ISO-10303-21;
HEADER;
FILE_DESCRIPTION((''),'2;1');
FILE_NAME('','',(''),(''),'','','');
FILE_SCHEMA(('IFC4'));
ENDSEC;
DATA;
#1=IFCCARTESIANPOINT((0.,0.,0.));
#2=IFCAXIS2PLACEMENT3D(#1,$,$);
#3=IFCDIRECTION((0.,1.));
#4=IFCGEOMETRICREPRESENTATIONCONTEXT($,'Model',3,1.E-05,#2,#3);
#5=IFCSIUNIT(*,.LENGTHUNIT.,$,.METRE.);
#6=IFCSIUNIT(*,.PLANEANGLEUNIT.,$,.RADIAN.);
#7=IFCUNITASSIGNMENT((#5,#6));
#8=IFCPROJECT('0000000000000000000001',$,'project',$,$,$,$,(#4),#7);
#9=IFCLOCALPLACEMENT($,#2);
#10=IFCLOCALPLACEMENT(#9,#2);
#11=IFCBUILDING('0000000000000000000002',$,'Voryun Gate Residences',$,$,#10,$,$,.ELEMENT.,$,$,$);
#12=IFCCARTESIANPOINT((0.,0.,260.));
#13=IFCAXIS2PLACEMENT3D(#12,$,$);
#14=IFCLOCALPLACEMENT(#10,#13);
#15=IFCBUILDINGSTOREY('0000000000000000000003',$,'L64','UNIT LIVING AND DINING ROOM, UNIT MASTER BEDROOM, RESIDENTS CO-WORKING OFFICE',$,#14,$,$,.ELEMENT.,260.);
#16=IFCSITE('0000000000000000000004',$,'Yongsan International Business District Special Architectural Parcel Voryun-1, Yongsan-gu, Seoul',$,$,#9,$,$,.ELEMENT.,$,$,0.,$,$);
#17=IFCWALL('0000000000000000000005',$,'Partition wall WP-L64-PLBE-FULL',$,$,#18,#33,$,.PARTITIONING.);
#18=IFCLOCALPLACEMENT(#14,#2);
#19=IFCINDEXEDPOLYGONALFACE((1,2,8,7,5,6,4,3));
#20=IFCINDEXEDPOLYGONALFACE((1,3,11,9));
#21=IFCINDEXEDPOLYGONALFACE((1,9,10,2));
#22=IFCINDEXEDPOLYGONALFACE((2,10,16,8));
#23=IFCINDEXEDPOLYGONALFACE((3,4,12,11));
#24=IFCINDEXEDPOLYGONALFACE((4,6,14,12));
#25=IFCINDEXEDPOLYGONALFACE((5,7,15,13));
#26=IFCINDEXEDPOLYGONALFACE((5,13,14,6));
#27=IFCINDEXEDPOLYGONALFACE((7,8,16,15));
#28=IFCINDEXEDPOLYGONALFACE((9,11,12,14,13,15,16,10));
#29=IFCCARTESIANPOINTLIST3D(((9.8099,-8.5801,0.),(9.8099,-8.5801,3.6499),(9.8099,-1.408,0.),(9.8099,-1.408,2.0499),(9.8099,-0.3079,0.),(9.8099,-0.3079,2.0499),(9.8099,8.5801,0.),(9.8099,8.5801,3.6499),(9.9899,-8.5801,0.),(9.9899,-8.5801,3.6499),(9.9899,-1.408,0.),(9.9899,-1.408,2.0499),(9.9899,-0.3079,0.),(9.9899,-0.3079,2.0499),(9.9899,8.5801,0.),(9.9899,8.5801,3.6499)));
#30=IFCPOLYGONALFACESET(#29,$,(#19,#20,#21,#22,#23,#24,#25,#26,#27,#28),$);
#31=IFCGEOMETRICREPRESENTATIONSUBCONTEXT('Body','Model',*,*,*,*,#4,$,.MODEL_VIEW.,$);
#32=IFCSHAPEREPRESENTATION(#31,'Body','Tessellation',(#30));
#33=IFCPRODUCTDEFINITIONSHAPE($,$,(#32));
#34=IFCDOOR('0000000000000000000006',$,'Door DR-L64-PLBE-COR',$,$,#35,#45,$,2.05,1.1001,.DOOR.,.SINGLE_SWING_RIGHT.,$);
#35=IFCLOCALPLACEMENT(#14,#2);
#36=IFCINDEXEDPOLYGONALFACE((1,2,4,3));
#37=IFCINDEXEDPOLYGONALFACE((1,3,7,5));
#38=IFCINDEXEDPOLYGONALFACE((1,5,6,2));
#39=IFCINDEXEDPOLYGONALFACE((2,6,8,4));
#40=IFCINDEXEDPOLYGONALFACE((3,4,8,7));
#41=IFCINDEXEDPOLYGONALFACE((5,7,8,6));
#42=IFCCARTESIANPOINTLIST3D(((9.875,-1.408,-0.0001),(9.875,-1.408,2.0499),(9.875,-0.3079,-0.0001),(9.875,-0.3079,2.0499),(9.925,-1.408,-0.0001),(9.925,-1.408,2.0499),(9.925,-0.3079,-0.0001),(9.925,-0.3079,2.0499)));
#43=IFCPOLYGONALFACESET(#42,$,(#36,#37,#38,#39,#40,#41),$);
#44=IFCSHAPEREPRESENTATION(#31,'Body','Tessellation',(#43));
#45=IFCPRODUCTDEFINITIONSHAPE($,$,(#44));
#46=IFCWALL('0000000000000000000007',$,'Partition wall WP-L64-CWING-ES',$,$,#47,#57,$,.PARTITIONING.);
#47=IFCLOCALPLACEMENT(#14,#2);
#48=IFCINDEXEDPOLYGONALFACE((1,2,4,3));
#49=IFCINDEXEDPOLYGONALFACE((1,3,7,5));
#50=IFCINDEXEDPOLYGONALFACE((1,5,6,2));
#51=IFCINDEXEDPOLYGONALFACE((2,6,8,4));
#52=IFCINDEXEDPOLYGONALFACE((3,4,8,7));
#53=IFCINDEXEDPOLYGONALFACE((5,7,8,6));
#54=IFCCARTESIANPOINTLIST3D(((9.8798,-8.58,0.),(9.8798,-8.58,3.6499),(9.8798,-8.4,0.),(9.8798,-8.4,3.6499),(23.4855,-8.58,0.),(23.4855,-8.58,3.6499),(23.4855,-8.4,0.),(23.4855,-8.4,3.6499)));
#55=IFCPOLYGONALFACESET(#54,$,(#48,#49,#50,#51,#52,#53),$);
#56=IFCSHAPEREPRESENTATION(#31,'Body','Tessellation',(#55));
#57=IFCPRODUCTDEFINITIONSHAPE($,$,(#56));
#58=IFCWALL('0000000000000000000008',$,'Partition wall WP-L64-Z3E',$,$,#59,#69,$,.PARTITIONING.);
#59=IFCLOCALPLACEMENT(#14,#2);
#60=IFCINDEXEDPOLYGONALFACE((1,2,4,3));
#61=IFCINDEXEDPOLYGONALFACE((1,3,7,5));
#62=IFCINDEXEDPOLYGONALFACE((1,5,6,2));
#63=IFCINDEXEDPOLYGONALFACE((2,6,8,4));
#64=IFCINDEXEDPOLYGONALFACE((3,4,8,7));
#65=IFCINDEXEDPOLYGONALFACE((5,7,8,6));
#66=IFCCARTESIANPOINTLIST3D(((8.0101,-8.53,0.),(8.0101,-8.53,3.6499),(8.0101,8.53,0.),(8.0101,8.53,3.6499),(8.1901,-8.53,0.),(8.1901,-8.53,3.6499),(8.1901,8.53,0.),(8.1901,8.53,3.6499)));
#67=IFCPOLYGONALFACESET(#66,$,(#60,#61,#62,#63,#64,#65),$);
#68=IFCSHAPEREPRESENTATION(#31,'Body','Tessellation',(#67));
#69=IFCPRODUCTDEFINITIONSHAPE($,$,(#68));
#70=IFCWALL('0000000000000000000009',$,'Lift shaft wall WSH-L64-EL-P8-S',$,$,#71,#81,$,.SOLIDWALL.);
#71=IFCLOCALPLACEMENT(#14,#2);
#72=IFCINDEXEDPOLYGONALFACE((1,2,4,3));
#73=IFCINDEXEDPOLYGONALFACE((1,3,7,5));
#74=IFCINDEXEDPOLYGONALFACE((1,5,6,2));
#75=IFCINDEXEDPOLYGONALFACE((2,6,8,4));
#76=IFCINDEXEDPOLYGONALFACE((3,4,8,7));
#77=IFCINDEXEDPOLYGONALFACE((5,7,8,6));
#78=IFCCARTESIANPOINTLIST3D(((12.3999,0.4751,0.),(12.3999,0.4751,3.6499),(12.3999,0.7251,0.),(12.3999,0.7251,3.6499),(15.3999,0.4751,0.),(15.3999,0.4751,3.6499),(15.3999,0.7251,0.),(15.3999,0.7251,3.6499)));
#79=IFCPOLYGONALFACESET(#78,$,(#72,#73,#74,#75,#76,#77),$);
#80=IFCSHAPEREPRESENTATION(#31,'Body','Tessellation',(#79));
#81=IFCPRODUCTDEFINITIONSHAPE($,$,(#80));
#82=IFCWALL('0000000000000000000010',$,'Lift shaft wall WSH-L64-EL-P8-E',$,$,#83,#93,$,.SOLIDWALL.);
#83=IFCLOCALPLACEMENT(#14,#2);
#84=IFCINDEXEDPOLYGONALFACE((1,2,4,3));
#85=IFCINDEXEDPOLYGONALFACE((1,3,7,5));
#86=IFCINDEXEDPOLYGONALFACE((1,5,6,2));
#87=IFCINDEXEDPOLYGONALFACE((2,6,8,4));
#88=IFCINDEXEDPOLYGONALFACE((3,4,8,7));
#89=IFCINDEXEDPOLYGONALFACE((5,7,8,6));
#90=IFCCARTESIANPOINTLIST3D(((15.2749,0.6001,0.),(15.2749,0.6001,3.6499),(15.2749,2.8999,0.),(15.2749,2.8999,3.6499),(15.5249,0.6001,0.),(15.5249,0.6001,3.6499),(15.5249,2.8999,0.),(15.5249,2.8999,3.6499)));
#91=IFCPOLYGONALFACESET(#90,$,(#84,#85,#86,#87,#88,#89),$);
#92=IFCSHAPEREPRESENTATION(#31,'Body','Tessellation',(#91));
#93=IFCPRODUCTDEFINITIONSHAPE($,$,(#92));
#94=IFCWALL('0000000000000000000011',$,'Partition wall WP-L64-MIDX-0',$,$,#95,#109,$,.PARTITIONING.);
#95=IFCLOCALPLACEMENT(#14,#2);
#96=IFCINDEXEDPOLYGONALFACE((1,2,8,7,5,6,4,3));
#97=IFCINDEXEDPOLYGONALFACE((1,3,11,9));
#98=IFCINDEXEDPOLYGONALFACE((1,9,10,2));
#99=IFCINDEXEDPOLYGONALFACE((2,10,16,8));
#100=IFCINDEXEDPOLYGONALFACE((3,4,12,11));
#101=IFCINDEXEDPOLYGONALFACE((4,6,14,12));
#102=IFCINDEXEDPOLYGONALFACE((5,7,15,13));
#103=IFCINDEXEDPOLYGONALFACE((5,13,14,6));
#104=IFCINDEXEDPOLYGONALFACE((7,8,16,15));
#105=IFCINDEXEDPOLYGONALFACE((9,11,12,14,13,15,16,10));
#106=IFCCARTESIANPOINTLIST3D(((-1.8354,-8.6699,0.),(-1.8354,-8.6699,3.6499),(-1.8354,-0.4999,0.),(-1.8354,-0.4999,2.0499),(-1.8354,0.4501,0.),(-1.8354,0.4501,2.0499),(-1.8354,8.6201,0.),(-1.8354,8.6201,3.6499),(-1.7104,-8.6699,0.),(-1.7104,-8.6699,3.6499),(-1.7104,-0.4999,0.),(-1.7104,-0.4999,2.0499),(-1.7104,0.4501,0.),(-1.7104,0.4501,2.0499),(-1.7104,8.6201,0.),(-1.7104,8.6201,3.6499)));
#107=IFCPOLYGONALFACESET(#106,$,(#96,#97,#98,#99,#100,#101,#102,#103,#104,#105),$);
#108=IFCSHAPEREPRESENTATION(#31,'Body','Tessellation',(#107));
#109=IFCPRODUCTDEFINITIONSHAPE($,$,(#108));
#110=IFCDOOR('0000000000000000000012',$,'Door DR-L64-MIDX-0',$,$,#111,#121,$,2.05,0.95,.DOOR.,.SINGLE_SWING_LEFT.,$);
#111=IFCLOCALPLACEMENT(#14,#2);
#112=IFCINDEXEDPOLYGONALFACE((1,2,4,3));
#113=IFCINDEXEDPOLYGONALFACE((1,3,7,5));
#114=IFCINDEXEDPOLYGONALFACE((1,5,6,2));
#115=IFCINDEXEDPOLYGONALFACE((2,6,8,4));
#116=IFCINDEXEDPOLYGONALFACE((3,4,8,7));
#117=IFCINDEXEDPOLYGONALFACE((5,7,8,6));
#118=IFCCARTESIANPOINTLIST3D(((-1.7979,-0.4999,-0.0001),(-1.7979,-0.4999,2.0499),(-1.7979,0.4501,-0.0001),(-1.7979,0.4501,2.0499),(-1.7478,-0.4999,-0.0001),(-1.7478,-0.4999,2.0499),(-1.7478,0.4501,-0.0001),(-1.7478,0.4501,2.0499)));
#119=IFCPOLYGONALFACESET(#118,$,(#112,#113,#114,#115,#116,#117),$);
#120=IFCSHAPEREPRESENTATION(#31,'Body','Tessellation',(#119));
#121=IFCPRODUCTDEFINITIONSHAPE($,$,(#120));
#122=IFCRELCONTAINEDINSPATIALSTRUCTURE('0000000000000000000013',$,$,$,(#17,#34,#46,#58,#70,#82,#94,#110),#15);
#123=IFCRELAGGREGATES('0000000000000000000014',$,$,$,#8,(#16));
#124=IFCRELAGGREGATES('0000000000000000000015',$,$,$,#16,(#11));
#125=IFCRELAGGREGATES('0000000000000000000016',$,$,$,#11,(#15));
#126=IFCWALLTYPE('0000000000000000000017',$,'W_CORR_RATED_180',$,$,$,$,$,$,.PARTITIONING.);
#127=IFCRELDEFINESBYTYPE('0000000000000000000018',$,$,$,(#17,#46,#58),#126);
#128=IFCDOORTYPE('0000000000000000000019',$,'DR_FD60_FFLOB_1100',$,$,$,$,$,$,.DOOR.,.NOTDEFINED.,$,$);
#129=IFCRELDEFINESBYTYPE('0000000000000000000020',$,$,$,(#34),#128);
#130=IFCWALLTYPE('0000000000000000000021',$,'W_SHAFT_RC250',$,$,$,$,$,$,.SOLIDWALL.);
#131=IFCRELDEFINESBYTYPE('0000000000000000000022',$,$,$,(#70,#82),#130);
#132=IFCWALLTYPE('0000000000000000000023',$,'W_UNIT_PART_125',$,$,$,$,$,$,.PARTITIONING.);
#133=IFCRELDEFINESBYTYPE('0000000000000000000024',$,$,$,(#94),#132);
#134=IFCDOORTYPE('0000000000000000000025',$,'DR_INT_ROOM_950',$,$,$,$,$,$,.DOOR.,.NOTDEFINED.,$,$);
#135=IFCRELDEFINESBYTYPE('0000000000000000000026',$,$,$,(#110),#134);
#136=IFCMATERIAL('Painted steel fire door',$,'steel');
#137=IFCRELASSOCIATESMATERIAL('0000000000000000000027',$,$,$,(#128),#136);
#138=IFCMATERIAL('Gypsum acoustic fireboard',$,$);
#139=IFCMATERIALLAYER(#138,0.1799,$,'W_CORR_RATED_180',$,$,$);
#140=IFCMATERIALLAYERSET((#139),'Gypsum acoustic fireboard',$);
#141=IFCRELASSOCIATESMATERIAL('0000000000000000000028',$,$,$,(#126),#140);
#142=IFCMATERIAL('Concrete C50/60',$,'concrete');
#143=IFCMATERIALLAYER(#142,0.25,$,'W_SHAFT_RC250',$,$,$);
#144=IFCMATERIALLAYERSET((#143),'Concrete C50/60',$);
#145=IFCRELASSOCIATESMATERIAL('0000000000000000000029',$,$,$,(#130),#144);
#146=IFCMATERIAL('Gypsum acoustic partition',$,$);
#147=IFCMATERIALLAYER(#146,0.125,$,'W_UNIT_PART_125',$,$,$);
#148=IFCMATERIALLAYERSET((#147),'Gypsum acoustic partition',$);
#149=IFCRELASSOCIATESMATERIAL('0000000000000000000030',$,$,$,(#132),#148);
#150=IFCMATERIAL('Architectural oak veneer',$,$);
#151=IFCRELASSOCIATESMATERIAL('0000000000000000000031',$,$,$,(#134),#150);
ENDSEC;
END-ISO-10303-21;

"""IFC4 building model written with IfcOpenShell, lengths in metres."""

from ifc_helpers import new_model, si_unit, direction, frame, frame_2d, origin, place, context, subcontext, project, spatial, rectangle, extrude, material, layer, layer_set, type_object, element, fill, save


model = new_model("IFC4")

# Units and contexts
model_context = context("Model", 3, precision=1e-05, world=origin(), true_north=direction((0.0, 1.0)))
body_context = subcontext(model_context, "Body", "Model", "MODEL_VIEW")
ifc_project = project(units=[si_unit("LENGTHUNIT", "METRE"), si_unit("PLANEANGLEUNIT", "RADIAN")], contexts=[model_context])

# Site, building, storey
site_placement = place(None, origin())
site = spatial("IfcSite", under=ifc_project, at=site_placement, Name="Yongsan International Business District Special Architectural Parcel Voryun-1, Yongsan-gu, Seoul", CompositionType="ELEMENT", RefElevation=0.0)
building_placement = place(site_placement, origin())
building = spatial("IfcBuilding", under=site, at=building_placement, Name="Voryun Gate Residences", CompositionType="ELEMENT")
storey_placement = place(building_placement, frame((0.0, 0.0, 260.0)))
storey = spatial("IfcBuildingStorey", under=building, at=storey_placement, Name="L64", Description="UNIT LIVING AND DINING ROOM, UNIT MASTER BEDROOM, RESIDENTS CO-WORKING OFFICE", CompositionType="ELEMENT", Elevation=260.0)

# Shared definitions
ifc_material_1 = material(Name="Painted steel fire door", Category="steel")
door_type_1 = type_object("IfcDoorType", Name="DR_FD60_FFLOB_1100", OperationType="NOTDEFINED", PredefinedType="DOOR", material=ifc_material_1)

# Shared definitions
ifc_material_2 = material(Name="Gypsum acoustic fireboard")
ifc_layer_1 = layer(ifc_material_2, 0.1799, Name="W_CORR_RATED_180")
ifc_layer_set_1 = layer_set([ifc_layer_1], Name="Gypsum acoustic fireboard")
wall_type_1 = type_object("IfcWallType", Name="W_CORR_RATED_180", PredefinedType="PARTITIONING", material=ifc_layer_set_1)

# Wall, opening, door
wall_1_placement = place(storey_placement, frame((9.8999, -8.5801, 0.0), z_axis=(0.0, 0.0, 1.0), x_axis=(0.0, 1.0, 0.0)))
wall_1 = element("IfcWall", 1, at=wall_1_placement, inside=storey, type_object=wall_type_1, Name="Partition wall WP-L64-PLBE-FULL", PredefinedType="PARTITIONING", context=body_context, shape_type="SweptSolid", body=[
    extrude(rectangle(XDim=17.1602, YDim=0.1799, at=frame_2d((8.5801, 0.0))), origin(), (0.0, 0.0, 1.0), 3.6499),
])
opening_1_placement = place(wall_1_placement, frame((7.1721, 0.0, 0.0)))
opening_1 = element("IfcOpeningElement", 2, at=opening_1_placement, cuts=wall_1, PredefinedType="OPENING", context=body_context, shape_type="SweptSolid", body=[
    extrude(rectangle(XDim=1.1001, YDim=2.05, at=frame_2d((0.55, 1.0249))), frame((0.0, 0.0999, 0.0), z_axis=(0.0, -1.0, 0.0), x_axis=(1.0, 0.0, 0.0)), (0.0, 0.0, 1.0), 0.2),
])
door_1_placement = place(opening_1_placement, origin())
door_1 = element("IfcDoor", 3, at=door_1_placement, inside=storey, type_object=door_type_1, Name="Door DR-L64-PLBE-COR", OperationType="SINGLE_SWING_RIGHT", OverallHeight=2.05, OverallWidth=1.1001, PredefinedType="DOOR", context=body_context, shape_type="SweptSolid", body=[
    extrude(rectangle(XDim=1.1001, YDim=2.05, at=frame_2d((0.55, 1.0249))), frame((0.0, 0.0249, 0.0), z_axis=(0.0, -1.0, 0.0), x_axis=(1.0, 0.0, 0.0)), (0.0, 0.0, 1.0), 0.05),
])
fill(opening_1, door_1)

# Walls
wall_2_placement = place(storey_placement, frame((9.8799, -8.49, 0.0), z_axis=(0.0, 0.0, 1.0), x_axis=(1.0, 0.0, 0.0)))
element("IfcWall", 4, at=wall_2_placement, inside=storey, type_object=wall_type_1, Name="Partition wall WP-L64-CWING-ES", PredefinedType="PARTITIONING", context=body_context, shape_type="SweptSolid", body=[
    extrude(rectangle(XDim=13.6057, YDim=0.1799, at=frame_2d((6.8027, 0.0))), origin(), (0.0, 0.0, 1.0), 3.6499),
])
wall_3_placement = place(storey_placement, frame((8.1001, -8.53, 0.0), z_axis=(0.0, 0.0, 1.0), x_axis=(0.0, 1.0, 0.0)))
element("IfcWall", 5, at=wall_3_placement, inside=storey, type_object=wall_type_1, Name="Partition wall WP-L64-Z3E", PredefinedType="PARTITIONING", context=body_context, shape_type="SweptSolid", body=[
    extrude(rectangle(XDim=17.0601, YDim=0.1799, at=frame_2d((8.53, 0.0))), origin(), (0.0, 0.0, 1.0), 3.6499),
])
ifc_material_3 = material(Name="Concrete C50/60", Category="concrete")
ifc_layer_2 = layer(ifc_material_3, 0.25, Name="W_SHAFT_RC250")
ifc_layer_set_2 = layer_set([ifc_layer_2], Name="Concrete C50/60")
wall_type_2 = type_object("IfcWallType", Name="W_SHAFT_RC250", PredefinedType="SOLIDWALL", material=ifc_layer_set_2)
wall_4_placement = place(storey_placement, frame((12.3999, 0.6001, 0.0), z_axis=(0.0, 0.0, 1.0), x_axis=(1.0, 0.0, 0.0)))
element("IfcWall", 6, at=wall_4_placement, inside=storey, type_object=wall_type_2, Name="Lift shaft wall WSH-L64-EL-P8-S", PredefinedType="SOLIDWALL", context=body_context, shape_type="SweptSolid", body=[
    extrude(rectangle(XDim=3.0, YDim=0.25, at=frame_2d((1.5, 0.0))), origin(), (0.0, 0.0, 1.0), 3.6499),
])
wall_5_placement = place(storey_placement, frame((15.3999, 0.6001, 0.0), z_axis=(0.0, 0.0, 1.0), x_axis=(0.0, 1.0, 0.0)))
element("IfcWall", 7, at=wall_5_placement, inside=storey, type_object=wall_type_2, Name="Lift shaft wall WSH-L64-EL-P8-E", PredefinedType="SOLIDWALL", context=body_context, shape_type="SweptSolid", body=[
    extrude(rectangle(XDim=2.2998, YDim=0.25, at=frame_2d((1.1499, 0.0))), origin(), (0.0, 0.0, 1.0), 3.6499),
])

# Wall, opening, door
ifc_material_4 = material(Name="Gypsum acoustic partition")
ifc_layer_3 = layer(ifc_material_4, 0.125, Name="W_UNIT_PART_125")
ifc_layer_set_3 = layer_set([ifc_layer_3], Name="Gypsum acoustic partition")
wall_type_3 = type_object("IfcWallType", Name="W_UNIT_PART_125", PredefinedType="PARTITIONING", material=ifc_layer_set_3)
wall_6_placement = place(storey_placement, frame((-1.7729, -8.6699, 0.0), z_axis=(0.0, 0.0, 1.0), x_axis=(0.0, 1.0, 0.0)))
wall_6 = element("IfcWall", 8, at=wall_6_placement, inside=storey, type_object=wall_type_3, Name="Partition wall WP-L64-MIDX-0", PredefinedType="PARTITIONING", context=body_context, shape_type="SweptSolid", body=[
    extrude(rectangle(XDim=17.29, YDim=0.125, at=frame_2d((8.645, 0.0))), origin(), (0.0, 0.0, 1.0), 3.6499),
])
opening_2_placement = place(wall_6_placement, frame((8.1699, 0.0, 0.0)))
opening_2 = element("IfcOpeningElement", 9, at=opening_2_placement, cuts=wall_6, PredefinedType="OPENING", context=body_context, shape_type="SweptSolid", body=[
    extrude(rectangle(XDim=0.95, YDim=2.05, at=frame_2d((0.4751, 1.0249))), frame((0.0, 0.0725, 0.0), z_axis=(0.0, -1.0, 0.0), x_axis=(1.0, 0.0, 0.0)), (0.0, 0.0, 1.0), 0.145),
])
ifc_material_5 = material(Name="Architectural oak veneer")
door_type_2 = type_object("IfcDoorType", Name="DR_INT_ROOM_950", OperationType="NOTDEFINED", PredefinedType="DOOR", material=ifc_material_5)
door_2_placement = place(opening_2_placement, origin())
door_2 = element("IfcDoor", 10, at=door_2_placement, inside=storey, type_object=door_type_2, Name="Door DR-L64-MIDX-0", OperationType="SINGLE_SWING_LEFT", OverallHeight=2.05, OverallWidth=0.95, PredefinedType="DOOR", context=body_context, shape_type="SweptSolid", body=[
    extrude(rectangle(XDim=0.95, YDim=2.05, at=frame_2d((0.4751, 1.0249))), frame((0.0, 0.0249, 0.0), z_axis=(0.0, -1.0, 0.0), x_axis=(1.0, 0.0, 0.0)), (0.0, 0.0, 1.0), 0.05),
])
fill(opening_2, door_2)

save(model, "model.ifc")
